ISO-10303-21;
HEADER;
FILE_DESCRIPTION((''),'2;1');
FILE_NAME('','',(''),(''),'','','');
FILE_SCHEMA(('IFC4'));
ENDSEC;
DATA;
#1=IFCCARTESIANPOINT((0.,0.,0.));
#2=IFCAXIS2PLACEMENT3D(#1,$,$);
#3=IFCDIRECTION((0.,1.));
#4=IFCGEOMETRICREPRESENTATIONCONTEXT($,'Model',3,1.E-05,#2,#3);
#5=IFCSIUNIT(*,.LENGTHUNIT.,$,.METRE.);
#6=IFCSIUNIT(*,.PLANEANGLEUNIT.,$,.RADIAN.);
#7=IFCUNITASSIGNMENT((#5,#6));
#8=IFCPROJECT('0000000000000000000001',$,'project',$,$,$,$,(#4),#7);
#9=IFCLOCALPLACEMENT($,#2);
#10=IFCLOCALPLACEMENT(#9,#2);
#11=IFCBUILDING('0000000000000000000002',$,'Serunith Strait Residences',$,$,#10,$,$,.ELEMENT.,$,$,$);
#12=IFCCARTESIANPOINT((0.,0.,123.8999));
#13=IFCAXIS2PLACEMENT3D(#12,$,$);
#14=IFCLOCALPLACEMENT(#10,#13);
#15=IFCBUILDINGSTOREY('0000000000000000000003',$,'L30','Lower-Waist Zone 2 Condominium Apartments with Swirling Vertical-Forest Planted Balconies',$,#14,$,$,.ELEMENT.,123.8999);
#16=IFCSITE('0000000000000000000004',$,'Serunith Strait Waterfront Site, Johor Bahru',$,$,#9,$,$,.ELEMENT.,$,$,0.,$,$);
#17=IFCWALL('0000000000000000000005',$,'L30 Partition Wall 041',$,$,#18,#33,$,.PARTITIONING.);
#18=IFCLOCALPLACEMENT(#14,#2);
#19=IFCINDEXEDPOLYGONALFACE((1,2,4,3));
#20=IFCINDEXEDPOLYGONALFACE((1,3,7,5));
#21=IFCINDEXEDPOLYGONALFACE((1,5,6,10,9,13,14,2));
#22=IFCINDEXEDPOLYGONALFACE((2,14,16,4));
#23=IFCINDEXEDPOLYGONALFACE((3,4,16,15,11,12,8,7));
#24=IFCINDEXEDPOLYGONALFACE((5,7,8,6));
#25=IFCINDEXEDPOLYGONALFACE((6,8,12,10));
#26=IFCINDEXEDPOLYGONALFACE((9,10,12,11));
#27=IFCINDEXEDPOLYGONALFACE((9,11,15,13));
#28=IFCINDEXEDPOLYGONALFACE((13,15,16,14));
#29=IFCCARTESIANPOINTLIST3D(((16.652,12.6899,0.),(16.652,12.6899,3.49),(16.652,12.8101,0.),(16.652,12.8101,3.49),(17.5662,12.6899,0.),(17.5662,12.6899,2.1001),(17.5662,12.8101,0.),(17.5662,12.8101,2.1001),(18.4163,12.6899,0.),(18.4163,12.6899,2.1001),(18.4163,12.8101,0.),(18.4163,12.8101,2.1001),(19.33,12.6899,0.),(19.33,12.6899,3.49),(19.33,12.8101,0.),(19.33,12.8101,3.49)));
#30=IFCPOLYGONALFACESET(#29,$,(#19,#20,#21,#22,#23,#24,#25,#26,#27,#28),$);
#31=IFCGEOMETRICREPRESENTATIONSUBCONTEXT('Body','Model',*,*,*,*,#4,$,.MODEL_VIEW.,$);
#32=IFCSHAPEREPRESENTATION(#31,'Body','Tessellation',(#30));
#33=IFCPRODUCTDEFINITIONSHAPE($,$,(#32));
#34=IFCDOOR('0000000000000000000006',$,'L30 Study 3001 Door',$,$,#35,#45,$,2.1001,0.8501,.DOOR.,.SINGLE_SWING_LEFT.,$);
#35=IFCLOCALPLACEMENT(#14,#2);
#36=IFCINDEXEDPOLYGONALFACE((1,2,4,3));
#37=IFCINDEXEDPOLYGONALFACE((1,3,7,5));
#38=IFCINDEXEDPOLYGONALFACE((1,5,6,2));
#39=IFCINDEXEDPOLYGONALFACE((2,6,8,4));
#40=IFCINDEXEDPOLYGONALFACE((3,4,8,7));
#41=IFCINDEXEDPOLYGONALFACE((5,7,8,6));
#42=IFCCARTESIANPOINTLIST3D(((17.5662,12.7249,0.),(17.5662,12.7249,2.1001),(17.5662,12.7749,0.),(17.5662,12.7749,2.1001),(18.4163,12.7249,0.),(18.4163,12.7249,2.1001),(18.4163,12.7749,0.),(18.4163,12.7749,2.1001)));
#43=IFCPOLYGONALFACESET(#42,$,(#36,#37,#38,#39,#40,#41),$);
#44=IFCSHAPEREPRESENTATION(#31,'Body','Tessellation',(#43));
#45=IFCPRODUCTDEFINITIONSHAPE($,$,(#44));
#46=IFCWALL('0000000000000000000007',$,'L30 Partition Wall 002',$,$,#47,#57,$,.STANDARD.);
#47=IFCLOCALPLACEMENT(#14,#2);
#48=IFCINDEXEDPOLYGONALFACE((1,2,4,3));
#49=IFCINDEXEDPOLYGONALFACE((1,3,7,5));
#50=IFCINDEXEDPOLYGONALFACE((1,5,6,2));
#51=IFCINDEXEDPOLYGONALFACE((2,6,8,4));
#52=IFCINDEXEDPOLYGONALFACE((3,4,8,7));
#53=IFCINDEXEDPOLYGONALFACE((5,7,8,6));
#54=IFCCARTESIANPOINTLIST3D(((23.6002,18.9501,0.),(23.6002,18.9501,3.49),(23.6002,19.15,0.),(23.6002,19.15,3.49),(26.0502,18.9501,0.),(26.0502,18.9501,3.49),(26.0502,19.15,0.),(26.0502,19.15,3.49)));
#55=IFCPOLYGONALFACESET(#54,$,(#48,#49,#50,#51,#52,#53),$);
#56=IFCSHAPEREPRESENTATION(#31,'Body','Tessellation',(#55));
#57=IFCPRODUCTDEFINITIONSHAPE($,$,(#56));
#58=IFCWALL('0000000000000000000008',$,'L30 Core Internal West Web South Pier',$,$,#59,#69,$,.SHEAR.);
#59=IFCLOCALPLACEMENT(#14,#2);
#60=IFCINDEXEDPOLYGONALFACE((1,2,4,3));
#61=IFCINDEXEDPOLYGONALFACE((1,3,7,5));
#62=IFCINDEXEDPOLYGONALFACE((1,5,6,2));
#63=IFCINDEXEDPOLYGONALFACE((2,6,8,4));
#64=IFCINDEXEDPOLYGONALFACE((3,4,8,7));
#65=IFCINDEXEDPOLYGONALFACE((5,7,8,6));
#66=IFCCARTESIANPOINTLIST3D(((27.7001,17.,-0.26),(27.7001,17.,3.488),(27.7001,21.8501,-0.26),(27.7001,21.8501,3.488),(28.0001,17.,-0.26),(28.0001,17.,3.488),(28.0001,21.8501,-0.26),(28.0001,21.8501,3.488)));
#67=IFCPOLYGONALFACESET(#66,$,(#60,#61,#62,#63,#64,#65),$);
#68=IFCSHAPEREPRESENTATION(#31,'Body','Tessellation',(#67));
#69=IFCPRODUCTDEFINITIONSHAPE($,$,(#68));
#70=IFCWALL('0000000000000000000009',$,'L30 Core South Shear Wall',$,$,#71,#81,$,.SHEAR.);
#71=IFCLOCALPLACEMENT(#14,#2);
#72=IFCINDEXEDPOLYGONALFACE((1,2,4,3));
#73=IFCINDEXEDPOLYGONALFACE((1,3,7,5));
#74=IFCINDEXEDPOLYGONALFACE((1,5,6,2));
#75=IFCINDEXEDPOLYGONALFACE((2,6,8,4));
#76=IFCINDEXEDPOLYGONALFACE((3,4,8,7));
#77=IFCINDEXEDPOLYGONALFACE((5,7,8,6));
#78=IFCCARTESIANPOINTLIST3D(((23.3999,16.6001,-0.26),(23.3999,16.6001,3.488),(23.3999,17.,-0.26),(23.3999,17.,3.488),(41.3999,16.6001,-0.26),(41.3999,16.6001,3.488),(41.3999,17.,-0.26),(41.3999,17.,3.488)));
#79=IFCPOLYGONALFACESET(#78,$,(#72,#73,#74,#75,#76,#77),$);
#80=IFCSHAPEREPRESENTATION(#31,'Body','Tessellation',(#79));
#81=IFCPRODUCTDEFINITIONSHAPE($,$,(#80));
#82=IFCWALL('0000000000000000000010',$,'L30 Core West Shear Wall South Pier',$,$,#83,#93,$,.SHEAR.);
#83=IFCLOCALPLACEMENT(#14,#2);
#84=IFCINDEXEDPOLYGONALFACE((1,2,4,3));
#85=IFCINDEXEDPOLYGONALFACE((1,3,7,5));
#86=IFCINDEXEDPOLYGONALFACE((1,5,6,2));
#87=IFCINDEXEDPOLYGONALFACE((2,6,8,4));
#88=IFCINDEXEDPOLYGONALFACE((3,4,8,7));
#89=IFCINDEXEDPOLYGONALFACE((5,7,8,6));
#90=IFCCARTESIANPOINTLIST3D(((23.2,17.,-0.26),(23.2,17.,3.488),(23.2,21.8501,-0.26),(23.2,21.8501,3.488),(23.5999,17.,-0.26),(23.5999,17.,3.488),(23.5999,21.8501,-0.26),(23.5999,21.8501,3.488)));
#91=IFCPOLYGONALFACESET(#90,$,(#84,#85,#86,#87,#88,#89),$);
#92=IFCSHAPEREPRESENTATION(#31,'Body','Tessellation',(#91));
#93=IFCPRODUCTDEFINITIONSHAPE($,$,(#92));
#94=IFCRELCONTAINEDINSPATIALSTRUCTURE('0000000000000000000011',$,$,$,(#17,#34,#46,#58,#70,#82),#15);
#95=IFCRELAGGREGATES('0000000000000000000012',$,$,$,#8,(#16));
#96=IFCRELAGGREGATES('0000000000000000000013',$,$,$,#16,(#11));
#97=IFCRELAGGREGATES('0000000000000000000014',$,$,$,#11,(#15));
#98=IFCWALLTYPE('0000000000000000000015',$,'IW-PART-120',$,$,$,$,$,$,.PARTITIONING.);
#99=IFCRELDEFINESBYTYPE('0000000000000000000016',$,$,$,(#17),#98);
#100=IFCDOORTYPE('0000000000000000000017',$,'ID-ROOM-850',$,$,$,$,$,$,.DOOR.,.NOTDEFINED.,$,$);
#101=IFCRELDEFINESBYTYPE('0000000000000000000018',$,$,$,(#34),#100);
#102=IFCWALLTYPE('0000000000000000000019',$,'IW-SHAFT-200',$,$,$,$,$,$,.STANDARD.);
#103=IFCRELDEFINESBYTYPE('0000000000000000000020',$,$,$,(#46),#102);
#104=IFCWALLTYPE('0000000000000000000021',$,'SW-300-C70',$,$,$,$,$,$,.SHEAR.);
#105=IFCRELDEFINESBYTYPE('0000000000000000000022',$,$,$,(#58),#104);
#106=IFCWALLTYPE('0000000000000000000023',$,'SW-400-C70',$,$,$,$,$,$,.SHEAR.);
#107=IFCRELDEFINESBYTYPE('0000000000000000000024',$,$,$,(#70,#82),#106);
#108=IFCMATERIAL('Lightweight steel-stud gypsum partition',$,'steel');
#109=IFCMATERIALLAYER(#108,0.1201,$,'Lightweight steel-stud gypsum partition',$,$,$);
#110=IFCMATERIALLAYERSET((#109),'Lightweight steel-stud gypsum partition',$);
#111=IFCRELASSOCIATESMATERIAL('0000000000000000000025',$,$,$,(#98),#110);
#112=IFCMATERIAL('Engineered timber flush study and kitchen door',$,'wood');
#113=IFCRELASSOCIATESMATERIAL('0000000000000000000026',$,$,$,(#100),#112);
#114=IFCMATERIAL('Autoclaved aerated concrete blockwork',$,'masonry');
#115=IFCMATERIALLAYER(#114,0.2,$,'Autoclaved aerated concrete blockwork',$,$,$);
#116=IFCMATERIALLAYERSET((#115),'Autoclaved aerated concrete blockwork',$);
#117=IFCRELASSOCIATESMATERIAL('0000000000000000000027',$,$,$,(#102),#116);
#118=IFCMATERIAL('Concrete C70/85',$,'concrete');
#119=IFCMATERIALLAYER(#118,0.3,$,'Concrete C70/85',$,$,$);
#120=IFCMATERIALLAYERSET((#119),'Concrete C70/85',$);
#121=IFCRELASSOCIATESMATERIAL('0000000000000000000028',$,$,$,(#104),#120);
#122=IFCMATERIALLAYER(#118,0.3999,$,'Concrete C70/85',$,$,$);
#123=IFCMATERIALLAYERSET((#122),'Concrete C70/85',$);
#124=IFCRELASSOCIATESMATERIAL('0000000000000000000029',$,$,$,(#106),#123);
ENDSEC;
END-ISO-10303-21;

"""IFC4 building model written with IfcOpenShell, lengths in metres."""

from ifc_helpers import new_model, si_unit, direction, frame, frame_2d, origin, place, context, subcontext, project, spatial, rectangle, extrude, source, transform, mapped, material, layer, layer_set, type_object, element, fill, save


model = new_model("IFC4")

# Units and contexts
model_context = context("Model", 3, precision=1e-05, world=origin(), true_north=direction((0.0, 1.0)))
body_context = subcontext(model_context, "Body", "Model", "MODEL_VIEW")
ifc_project = project(units=[si_unit("LENGTHUNIT", "METRE"), si_unit("PLANEANGLEUNIT", "RADIAN")], contexts=[model_context])

# Site, building, storey
site_placement = place(None, origin())
site = spatial("IfcSite", under=ifc_project, at=site_placement, Name="Serunith Strait Waterfront Site, Johor Bahru", CompositionType="ELEMENT", RefElevation=0.0)
building_placement = place(site_placement, origin())
building = spatial("IfcBuilding", under=site, at=building_placement, Name="Serunith Strait Residences", CompositionType="ELEMENT")
storey_placement = place(building_placement, frame((0.0, 0.0, 123.8999)))
storey = spatial("IfcBuildingStorey", under=building, at=storey_placement, Name="L30", Description="Lower-Waist Zone 2 Condominium Apartments with Swirling Vertical-Forest Planted Balconies", CompositionType="ELEMENT", Elevation=123.8999)

# Shared definitions
ifc_material_1 = material(Name="Lightweight steel-stud gypsum partition", Category="steel")
ifc_layer_1 = layer(ifc_material_1, 0.1201, Name="Lightweight steel-stud gypsum partition")
ifc_layer_set_1 = layer_set([ifc_layer_1], Name="Lightweight steel-stud gypsum partition")
wall_type_1 = type_object("IfcWallType", Name="IW-PART-120", PredefinedType="PARTITIONING", material=ifc_layer_set_1)

# Wall, opening, door
wall_1_placement = place(storey_placement, frame((16.6521, 12.75, 0.0), z_axis=(0.0, 0.0, 1.0), x_axis=(1.0, 0.0, 0.0)))
wall_1 = element("IfcWall", 1, at=wall_1_placement, inside=storey, type_object=wall_type_1, Name="L30 Partition Wall 041", PredefinedType="PARTITIONING", context=body_context, shape_type="SweptSolid", body=[
    extrude(rectangle(XDim=2.678, YDim=0.1201, at=frame_2d((1.3389, 0.0))), origin(), (0.0, 0.0, 1.0), 3.49),
])
opening_1_placement = place(wall_1_placement, frame((0.9141, 0.0, 0.0)))
opening_1 = element("IfcOpeningElement", 2, at=opening_1_placement, cuts=wall_1, PredefinedType="OPENING", context=body_context, shape_type="SweptSolid", body=[
    extrude(rectangle(XDim=0.8501, YDim=2.1001, at=frame_2d((0.425, 1.05))), frame((0.0, 0.0701, 0.0), z_axis=(0.0, -1.0, 0.0), x_axis=(1.0, 0.0, 0.0)), (0.0, 0.0, 1.0), 0.1401),
])
ifc_material_2 = material(Name="Engineered timber flush study and kitchen door", Category="wood")
door_type_1 = type_object("IfcDoorType", Name="ID-ROOM-850", OperationType="NOTDEFINED", PredefinedType="DOOR", material=ifc_material_2)
shared_shape_1 = source(origin(), body_context, "Body", "SweptSolid", [
    extrude(rectangle(XDim=0.8501, YDim=2.1001, at=frame_2d((0.425, 1.05))), frame((0.0, 0.0249, 0.0), z_axis=(0.0, -1.0, 0.0), x_axis=(1.0, 0.0, 0.0)), (0.0, 0.0, 1.0), 0.05),
])
door_1_placement = place(opening_1_placement, origin())
door_1 = element("IfcDoor", 3, at=door_1_placement, inside=storey, type_object=door_type_1, Name="L30 Study 3001 Door", OperationType="SINGLE_SWING_LEFT", OverallHeight=2.1001, OverallWidth=0.8501, PredefinedType="DOOR", context=body_context, shape_type="MappedRepresentation", body=[
    mapped(shared_shape_1, transform((0.0, 0.0, 0.0), scale=1.0)),
])
fill(opening_1, door_1)

# Walls
ifc_material_3 = material(Name="Autoclaved aerated concrete blockwork", Category="masonry")
ifc_layer_2 = layer(ifc_material_3, 0.2, Name="Autoclaved aerated concrete blockwork")
ifc_layer_set_2 = layer_set([ifc_layer_2], Name="Autoclaved aerated concrete blockwork")
wall_type_2 = type_object("IfcWallType", Name="IW-SHAFT-200", PredefinedType="STANDARD", material=ifc_layer_set_2)
wall_2_placement = place(storey_placement, frame((23.6001, 19.05, 0.0), z_axis=(0.0, 0.0, 1.0), x_axis=(1.0, 0.0, 0.0)))
element("IfcWall", 4, at=wall_2_placement, inside=storey, type_object=wall_type_2, Name="L30 Partition Wall 002", PredefinedType="STANDARD", context=body_context, shape_type="SweptSolid", body=[
    extrude(rectangle(XDim=2.45, YDim=0.2, at=frame_2d((1.2251, 0.0))), origin(), (0.0, 0.0, 1.0), 3.49),
])
ifc_material_4 = material(Name="Concrete C70/85", Category="concrete")
ifc_layer_3 = layer(ifc_material_4, 0.3, Name="Concrete C70/85")
ifc_layer_set_3 = layer_set([ifc_layer_3], Name="Concrete C70/85")
wall_type_3 = type_object("IfcWallType", Name="SW-300-C70", PredefinedType="SHEAR", material=ifc_layer_set_3)
wall_3_placement = place(storey_placement, frame((27.8501, 17.0, -0.26), z_axis=(0.0, 0.0, 1.0), x_axis=(0.0, 1.0, 0.0)))
element("IfcWall", 5, at=wall_3_placement, inside=storey, type_object=wall_type_3, Name="L30 Core Internal West Web South Pier", PredefinedType="SHEAR", context=body_context, shape_type="SweptSolid", body=[
    extrude(rectangle(XDim=4.8501, YDim=0.3, at=frame_2d((2.425, 0.0))), origin(), (0.0, 0.0, 1.0), 3.748),
])
ifc_layer_4 = layer(ifc_material_4, 0.3999, Name="Concrete C70/85")
ifc_layer_set_4 = layer_set([ifc_layer_4], Name="Concrete C70/85")
wall_type_4 = type_object("IfcWallType", Name="SW-400-C70", PredefinedType="SHEAR", material=ifc_layer_set_4)
wall_4_placement = place(storey_placement, frame((23.3999, 16.8, -0.26), z_axis=(0.0, 0.0, 1.0), x_axis=(1.0, 0.0, 0.0)))
element("IfcWall", 6, at=wall_4_placement, inside=storey, type_object=wall_type_4, Name="L30 Core South Shear Wall", PredefinedType="SHEAR", context=body_context, shape_type="SweptSolid", body=[
    extrude(rectangle(XDim=18.0, YDim=0.3999, at=frame_2d((9.0, 0.0))), origin(), (0.0, 0.0, 1.0), 3.748),
])
wall_5_placement = place(storey_placement, frame((23.3999, 17.0, -0.26), z_axis=(0.0, 0.0, 1.0), x_axis=(0.0, 1.0, 0.0)))
element("IfcWall", 7, at=wall_5_placement, inside=storey, type_object=wall_type_4, Name="L30 Core West Shear Wall South Pier", PredefinedType="SHEAR", context=body_context, shape_type="SweptSolid", body=[
    extrude(rectangle(XDim=4.8501, YDim=0.3999, at=frame_2d((2.425, 0.0))), origin(), (0.0, 0.0, 1.0), 3.748),
])

save(model, "model.ifc")
